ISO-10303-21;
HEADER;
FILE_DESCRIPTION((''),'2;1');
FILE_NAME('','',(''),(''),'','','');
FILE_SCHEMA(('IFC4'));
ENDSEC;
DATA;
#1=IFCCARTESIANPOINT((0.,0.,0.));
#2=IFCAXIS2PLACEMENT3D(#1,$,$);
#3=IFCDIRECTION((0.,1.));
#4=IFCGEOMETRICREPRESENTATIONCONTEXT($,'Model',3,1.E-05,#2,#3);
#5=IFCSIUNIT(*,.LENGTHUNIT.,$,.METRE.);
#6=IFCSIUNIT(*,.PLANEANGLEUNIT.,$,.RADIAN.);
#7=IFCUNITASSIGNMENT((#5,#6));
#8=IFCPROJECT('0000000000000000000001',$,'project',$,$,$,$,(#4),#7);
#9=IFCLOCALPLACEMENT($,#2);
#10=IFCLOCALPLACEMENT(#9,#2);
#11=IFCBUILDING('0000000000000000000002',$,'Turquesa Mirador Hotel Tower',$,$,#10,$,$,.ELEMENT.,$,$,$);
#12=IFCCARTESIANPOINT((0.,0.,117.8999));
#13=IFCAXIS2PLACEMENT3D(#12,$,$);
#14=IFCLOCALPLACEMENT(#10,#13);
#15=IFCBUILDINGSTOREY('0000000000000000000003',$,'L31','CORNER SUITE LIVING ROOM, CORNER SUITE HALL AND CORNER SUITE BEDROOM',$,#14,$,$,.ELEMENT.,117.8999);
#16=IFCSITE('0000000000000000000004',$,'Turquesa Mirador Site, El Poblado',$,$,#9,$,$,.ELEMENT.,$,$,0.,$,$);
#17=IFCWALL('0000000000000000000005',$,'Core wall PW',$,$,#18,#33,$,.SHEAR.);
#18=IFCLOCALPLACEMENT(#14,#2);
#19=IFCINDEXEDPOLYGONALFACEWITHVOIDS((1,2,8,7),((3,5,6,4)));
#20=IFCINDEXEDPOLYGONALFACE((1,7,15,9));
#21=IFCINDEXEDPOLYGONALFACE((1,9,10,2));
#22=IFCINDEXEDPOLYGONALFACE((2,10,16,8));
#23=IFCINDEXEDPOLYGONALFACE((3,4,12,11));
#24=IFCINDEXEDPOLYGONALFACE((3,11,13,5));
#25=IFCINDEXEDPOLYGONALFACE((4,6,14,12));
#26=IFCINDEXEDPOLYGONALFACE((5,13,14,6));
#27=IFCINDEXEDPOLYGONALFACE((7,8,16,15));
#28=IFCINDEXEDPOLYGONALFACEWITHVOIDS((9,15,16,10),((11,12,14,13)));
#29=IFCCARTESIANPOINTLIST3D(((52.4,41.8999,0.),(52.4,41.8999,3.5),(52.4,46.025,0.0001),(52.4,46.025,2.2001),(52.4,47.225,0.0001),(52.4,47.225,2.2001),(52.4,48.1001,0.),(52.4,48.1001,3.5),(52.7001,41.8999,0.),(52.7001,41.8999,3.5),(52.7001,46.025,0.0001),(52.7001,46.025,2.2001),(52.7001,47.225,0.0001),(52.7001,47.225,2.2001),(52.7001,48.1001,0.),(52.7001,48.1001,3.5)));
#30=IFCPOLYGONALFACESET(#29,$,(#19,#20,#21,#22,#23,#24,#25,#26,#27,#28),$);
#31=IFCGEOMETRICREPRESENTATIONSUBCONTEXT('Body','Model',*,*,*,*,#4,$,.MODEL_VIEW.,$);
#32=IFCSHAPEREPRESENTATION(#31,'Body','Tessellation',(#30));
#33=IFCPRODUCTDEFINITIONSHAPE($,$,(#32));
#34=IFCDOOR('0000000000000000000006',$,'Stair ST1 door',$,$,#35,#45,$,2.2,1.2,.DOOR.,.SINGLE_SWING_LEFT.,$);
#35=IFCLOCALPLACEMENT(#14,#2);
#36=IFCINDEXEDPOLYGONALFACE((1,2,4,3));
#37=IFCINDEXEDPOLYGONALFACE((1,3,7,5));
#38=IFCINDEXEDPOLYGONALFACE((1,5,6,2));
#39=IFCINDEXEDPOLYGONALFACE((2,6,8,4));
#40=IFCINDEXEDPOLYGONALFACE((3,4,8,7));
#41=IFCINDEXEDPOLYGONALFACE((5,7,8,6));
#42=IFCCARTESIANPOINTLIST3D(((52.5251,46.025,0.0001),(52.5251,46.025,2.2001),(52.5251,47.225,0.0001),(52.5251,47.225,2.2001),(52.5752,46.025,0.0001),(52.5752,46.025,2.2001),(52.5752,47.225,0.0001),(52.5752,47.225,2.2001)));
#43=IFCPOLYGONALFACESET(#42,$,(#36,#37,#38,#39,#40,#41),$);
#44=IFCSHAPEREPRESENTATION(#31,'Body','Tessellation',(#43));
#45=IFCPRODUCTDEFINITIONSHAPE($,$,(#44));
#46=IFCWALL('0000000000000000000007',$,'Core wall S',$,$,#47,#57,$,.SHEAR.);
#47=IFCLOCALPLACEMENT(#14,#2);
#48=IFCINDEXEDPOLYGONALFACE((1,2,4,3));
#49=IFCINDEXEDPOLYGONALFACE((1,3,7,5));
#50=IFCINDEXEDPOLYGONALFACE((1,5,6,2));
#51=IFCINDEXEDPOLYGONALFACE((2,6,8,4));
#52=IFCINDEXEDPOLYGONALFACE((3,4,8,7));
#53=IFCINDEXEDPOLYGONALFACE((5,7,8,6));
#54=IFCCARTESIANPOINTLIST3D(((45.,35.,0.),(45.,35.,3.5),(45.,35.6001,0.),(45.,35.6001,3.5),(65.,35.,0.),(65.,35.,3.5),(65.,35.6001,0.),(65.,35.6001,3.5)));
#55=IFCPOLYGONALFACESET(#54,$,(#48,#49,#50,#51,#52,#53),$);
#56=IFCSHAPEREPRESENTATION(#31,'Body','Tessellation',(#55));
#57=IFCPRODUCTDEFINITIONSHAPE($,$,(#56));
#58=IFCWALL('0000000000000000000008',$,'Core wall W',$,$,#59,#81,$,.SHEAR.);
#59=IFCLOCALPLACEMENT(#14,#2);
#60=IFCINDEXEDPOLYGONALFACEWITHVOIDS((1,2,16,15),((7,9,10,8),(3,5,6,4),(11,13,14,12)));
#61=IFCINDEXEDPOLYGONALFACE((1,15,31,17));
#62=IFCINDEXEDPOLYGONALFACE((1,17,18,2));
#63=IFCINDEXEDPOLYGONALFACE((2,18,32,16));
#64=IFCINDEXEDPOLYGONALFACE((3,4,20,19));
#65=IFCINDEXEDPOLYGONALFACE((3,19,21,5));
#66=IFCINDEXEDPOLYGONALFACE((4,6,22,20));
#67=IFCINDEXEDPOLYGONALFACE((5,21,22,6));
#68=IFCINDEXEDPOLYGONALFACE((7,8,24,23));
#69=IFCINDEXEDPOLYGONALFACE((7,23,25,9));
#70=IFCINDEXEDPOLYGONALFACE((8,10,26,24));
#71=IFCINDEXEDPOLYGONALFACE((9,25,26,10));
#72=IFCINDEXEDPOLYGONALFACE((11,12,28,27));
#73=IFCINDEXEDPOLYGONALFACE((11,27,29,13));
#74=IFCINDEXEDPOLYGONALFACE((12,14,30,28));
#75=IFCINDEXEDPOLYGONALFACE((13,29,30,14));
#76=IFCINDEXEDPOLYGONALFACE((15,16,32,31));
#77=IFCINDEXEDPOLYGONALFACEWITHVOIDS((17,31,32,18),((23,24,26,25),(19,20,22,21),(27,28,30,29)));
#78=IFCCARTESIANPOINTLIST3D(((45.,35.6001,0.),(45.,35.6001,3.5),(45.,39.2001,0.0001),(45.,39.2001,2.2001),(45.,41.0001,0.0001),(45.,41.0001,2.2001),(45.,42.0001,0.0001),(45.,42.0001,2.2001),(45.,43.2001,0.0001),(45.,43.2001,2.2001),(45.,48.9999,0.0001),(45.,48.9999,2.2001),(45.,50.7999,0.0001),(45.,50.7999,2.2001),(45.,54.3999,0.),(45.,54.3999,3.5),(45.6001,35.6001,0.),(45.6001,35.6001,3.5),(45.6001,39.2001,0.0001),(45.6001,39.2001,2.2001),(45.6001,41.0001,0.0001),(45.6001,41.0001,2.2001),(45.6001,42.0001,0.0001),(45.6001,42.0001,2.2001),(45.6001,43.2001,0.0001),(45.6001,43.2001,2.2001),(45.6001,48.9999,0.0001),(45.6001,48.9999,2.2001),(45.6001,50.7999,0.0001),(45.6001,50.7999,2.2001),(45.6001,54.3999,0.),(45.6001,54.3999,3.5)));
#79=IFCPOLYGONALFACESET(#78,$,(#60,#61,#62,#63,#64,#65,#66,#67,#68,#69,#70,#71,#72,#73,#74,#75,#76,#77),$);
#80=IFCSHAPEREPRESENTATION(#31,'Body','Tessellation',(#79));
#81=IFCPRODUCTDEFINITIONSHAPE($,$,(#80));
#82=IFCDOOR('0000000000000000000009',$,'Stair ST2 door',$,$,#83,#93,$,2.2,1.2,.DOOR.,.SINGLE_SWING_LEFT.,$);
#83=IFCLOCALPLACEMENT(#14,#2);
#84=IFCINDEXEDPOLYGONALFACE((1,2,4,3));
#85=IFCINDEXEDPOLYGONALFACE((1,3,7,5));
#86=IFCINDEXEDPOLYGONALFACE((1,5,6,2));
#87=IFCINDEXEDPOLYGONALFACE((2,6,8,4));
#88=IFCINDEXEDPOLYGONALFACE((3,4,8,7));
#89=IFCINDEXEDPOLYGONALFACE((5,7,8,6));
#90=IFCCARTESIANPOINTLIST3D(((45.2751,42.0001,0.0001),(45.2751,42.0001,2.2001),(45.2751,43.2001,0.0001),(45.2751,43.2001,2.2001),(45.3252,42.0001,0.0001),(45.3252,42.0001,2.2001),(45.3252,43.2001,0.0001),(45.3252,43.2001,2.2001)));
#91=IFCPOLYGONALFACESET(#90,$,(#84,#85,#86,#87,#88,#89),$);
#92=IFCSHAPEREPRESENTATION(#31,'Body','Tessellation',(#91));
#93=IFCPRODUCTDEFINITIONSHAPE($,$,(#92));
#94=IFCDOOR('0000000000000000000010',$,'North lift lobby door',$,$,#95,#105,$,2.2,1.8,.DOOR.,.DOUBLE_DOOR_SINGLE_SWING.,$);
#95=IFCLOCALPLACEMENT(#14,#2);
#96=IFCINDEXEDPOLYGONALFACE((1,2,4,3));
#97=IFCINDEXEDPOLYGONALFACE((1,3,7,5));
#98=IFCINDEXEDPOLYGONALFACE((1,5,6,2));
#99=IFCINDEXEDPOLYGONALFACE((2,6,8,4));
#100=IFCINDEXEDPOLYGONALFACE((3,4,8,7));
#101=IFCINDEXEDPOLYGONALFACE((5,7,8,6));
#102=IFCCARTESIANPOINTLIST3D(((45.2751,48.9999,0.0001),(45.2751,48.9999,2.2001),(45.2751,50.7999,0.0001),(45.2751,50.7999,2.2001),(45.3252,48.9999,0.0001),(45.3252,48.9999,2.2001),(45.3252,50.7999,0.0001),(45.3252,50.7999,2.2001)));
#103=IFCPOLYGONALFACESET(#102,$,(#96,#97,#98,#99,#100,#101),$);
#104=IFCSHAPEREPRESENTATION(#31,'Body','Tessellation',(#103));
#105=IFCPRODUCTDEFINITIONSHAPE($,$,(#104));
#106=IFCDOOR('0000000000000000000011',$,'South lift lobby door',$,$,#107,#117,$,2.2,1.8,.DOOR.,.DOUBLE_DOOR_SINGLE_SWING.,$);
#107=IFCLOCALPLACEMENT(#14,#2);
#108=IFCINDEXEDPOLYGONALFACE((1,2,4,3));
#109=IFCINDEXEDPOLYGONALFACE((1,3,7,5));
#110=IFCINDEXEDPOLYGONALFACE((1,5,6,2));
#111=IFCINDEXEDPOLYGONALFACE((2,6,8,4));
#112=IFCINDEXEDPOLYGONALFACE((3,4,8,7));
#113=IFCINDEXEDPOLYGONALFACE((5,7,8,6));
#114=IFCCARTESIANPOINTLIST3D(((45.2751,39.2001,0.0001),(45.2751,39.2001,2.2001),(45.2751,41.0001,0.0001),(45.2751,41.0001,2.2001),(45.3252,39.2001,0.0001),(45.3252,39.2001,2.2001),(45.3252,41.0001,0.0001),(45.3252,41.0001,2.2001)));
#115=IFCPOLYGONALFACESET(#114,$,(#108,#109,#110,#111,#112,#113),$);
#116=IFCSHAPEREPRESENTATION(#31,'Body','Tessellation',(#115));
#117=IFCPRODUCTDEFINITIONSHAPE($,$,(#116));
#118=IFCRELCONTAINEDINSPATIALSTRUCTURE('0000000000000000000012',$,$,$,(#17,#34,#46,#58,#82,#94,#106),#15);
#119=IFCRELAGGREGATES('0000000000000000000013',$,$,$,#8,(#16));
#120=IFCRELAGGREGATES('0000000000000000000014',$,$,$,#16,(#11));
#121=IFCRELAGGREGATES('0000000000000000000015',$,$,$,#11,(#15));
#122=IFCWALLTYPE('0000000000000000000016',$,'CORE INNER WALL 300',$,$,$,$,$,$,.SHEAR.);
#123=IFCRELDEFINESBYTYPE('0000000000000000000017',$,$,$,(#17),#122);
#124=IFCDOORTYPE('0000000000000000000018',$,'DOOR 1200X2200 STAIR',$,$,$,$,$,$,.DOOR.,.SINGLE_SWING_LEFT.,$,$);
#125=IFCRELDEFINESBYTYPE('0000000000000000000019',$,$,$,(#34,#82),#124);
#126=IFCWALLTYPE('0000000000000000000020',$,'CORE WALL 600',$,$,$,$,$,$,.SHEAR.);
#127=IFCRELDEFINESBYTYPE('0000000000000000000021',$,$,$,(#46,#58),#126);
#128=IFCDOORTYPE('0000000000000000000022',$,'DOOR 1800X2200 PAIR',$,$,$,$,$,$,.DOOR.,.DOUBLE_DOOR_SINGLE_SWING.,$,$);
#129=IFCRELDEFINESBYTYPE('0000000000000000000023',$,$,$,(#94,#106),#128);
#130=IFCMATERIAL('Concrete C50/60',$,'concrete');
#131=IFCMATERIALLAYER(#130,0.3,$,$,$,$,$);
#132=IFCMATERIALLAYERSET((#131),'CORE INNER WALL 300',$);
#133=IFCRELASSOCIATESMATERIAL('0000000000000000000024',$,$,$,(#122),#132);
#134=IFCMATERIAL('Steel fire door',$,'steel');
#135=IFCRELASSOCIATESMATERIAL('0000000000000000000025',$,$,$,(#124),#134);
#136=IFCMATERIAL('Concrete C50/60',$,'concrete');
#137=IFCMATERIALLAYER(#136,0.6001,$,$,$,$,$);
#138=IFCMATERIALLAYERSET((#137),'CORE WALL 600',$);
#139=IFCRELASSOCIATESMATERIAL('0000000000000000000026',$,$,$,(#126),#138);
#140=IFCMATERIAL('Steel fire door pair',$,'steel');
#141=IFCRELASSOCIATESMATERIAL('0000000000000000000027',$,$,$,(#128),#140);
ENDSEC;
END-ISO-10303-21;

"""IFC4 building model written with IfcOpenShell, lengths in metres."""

from ifc_helpers import new_model, si_unit, direction, frame, frame_2d, origin, place, context, subcontext, project, spatial, rectangle, extrude, material, layer, layer_set, type_object, element, fill, save


model = new_model("IFC4")

# Units and contexts
model_context = context("Model", 3, precision=1e-05, world=origin(), true_north=direction((0.0, 1.0)))
body_context = subcontext(model_context, "Body", "Model", "MODEL_VIEW")
ifc_project = project(units=[si_unit("LENGTHUNIT", "METRE"), si_unit("PLANEANGLEUNIT", "RADIAN")], contexts=[model_context])

# Site, building, storey
site_placement = place(None, origin())
site = spatial("IfcSite", under=ifc_project, at=site_placement, Name="Turquesa Mirador Site, El Poblado", CompositionType="ELEMENT", RefElevation=0.0)
building_placement = place(site_placement, origin())
building = spatial("IfcBuilding", under=site, at=building_placement, Name="Turquesa Mirador Hotel Tower", CompositionType="ELEMENT")
storey_placement = place(building_placement, frame((0.0, 0.0, 117.8999)))
storey = spatial("IfcBuildingStorey", under=building, at=storey_placement, Name="L31", Description="CORNER SUITE LIVING ROOM, CORNER SUITE HALL AND CORNER SUITE BEDROOM", CompositionType="ELEMENT", Elevation=117.8999)

# Shared definitions
ifc_material_1 = material(Name="Concrete C50/60", Category="concrete")
ifc_layer_1 = layer(ifc_material_1, 0.3)
ifc_layer_set_1 = layer_set([ifc_layer_1], Name="CORE INNER WALL 300")
wall_type_1 = type_object("IfcWallType", Name="CORE INNER WALL 300", PredefinedType="SHEAR", material=ifc_layer_set_1)

# Wall, opening, door
wall_1_placement = place(storey_placement, frame((52.55, 41.8999, 0.0), z_axis=(0.0, 0.0, 1.0), x_axis=(0.0, 1.0, 0.0)))
wall_1 = element("IfcWall", 1, at=wall_1_placement, inside=storey, type_object=wall_type_1, Name="Core wall PW", PredefinedType="SHEAR", context=body_context, shape_type="SweptSolid", body=[
    extrude(rectangle(XDim=6.2002, YDim=0.3, at=frame_2d((3.1001, 0.0))), origin(), (0.0, 0.0, 1.0), 3.5),
])
opening_1_placement = place(wall_1_placement, frame((4.125, 0.0, 0.0)))
opening_1 = element("IfcOpeningElement", 2, at=opening_1_placement, cuts=wall_1, PredefinedType="OPENING", context=body_context, shape_type="SweptSolid", body=[
    extrude(rectangle(XDim=1.2, YDim=2.2, at=frame_2d((0.6001, 1.1001))), frame((0.0, 0.1599, 0.0), z_axis=(0.0, -1.0, 0.0), x_axis=(1.0, 0.0, 0.0)), (0.0, 0.0, 1.0), 0.3201),
])
ifc_material_2 = material(Name="Steel fire door", Category="steel")
door_type_1 = type_object("IfcDoorType", Name="DOOR 1200X2200 STAIR", OperationType="SINGLE_SWING_LEFT", PredefinedType="DOOR", material=ifc_material_2)
door_1_placement = place(opening_1_placement, origin())
door_1 = element("IfcDoor", 3, at=door_1_placement, inside=storey, type_object=door_type_1, Name="Stair ST1 door", OperationType="SINGLE_SWING_LEFT", OverallHeight=2.2, OverallWidth=1.2, PredefinedType="DOOR", context=body_context, shape_type="SweptSolid", body=[
    extrude(rectangle(XDim=1.2, YDim=2.2, at=frame_2d((0.6001, 1.1001))), frame((0.0, 0.0249, 0.0), z_axis=(0.0, -1.0, 0.0), x_axis=(1.0, 0.0, 0.0)), (0.0, 0.0, 1.0), 0.05),
])
fill(opening_1, door_1)

# Wall
ifc_material_3 = material(Name="Concrete C50/60", Category="concrete")
ifc_layer_2 = layer(ifc_material_3, 0.6001)
ifc_layer_set_2 = layer_set([ifc_layer_2], Name="CORE WALL 600")
wall_type_2 = type_object("IfcWallType", Name="CORE WALL 600", PredefinedType="SHEAR", material=ifc_layer_set_2)
wall_2_placement = place(storey_placement, frame((45.0, 35.3, 0.0), z_axis=(0.0, 0.0, 1.0), x_axis=(1.0, 0.0, 0.0)))
element("IfcWall", 4, at=wall_2_placement, inside=storey, type_object=wall_type_2, Name="Core wall S", PredefinedType="SHEAR", context=body_context, shape_type="SweptSolid", body=[
    extrude(rectangle(XDim=20.0, YDim=0.6001, at=frame_2d((10.0, 0.0))), origin(), (0.0, 0.0, 1.0), 3.5),
])

# Wall, openings, doors
wall_3_placement = place(storey_placement, frame((45.3, 35.6001, 0.0), z_axis=(0.0, 0.0, 1.0), x_axis=(0.0, 1.0, 0.0)))
wall_3 = element("IfcWall", 5, at=wall_3_placement, inside=storey, type_object=wall_type_2, Name="Core wall W", PredefinedType="SHEAR", context=body_context, shape_type="SweptSolid", body=[
    extrude(rectangle(XDim=18.7998, YDim=0.6001, at=frame_2d((9.3999, 0.0))), origin(), (0.0, 0.0, 1.0), 3.5),
])
opening_2_placement = place(wall_3_placement, frame((13.3999, 0.0, 0.0)))
opening_2 = element("IfcOpeningElement", 6, at=opening_2_placement, cuts=wall_3, PredefinedType="OPENING", context=body_context, shape_type="SweptSolid", body=[
    extrude(rectangle(XDim=1.8, YDim=2.2, at=frame_2d((0.8999, 1.1001))), frame((0.0, 0.3101, 0.0), z_axis=(0.0, -1.0, 0.0), x_axis=(1.0, 0.0, 0.0)), (0.0, 0.0, 1.0), 0.6201),
])
opening_3_placement = place(wall_3_placement, frame((3.6001, 0.0, 0.0)))
opening_3 = element("IfcOpeningElement", 7, at=opening_3_placement, cuts=wall_3, PredefinedType="OPENING", context=body_context, shape_type="SweptSolid", body=[
    extrude(rectangle(XDim=1.8, YDim=2.2, at=frame_2d((0.8999, 1.1001))), frame((0.0, 0.3101, 0.0), z_axis=(0.0, -1.0, 0.0), x_axis=(1.0, 0.0, 0.0)), (0.0, 0.0, 1.0), 0.6201),
])
opening_4_placement = place(wall_3_placement, frame((6.3999, 0.0, 0.0)))
opening_4 = element("IfcOpeningElement", 8, at=opening_4_placement, cuts=wall_3, PredefinedType="OPENING", context=body_context, shape_type="SweptSolid", body=[
    extrude(rectangle(XDim=1.2, YDim=2.2, at=frame_2d((0.6001, 1.1001))), frame((0.0, 0.3101, 0.0), z_axis=(0.0, -1.0, 0.0), x_axis=(1.0, 0.0, 0.0)), (0.0, 0.0, 1.0), 0.6201),
])
door_2_placement = place(opening_4_placement, origin())
door_2 = element("IfcDoor", 9, at=door_2_placement, inside=storey, type_object=door_type_1, Name="Stair ST2 door", OperationType="SINGLE_SWING_LEFT", OverallHeight=2.2, OverallWidth=1.2, PredefinedType="DOOR", context=body_context, shape_type="SweptSolid", body=[
    extrude(rectangle(XDim=1.2, YDim=2.2, at=frame_2d((0.6001, 1.1001))), frame((0.0, 0.0249, 0.0), z_axis=(0.0, -1.0, 0.0), x_axis=(1.0, 0.0, 0.0)), (0.0, 0.0, 1.0), 0.05),
])
fill(opening_4, door_2)
ifc_material_4 = material(Name="Steel fire door pair", Category="steel")
door_type_2 = type_object("IfcDoorType", Name="DOOR 1800X2200 PAIR", OperationType="DOUBLE_DOOR_SINGLE_SWING", PredefinedType="DOOR", material=ifc_material_4)
door_3_placement = place(opening_2_placement, origin())
door_3 = element("IfcDoor", 10, at=door_3_placement, inside=storey, type_object=door_type_2, Name="North lift lobby door", OperationType="DOUBLE_DOOR_SINGLE_SWING", OverallHeight=2.2, OverallWidth=1.8, PredefinedType="DOOR", context=body_context, shape_type="SweptSolid", body=[
    extrude(rectangle(XDim=1.8, YDim=2.2, at=frame_2d((0.8999, 1.1001))), frame((0.0, 0.0249, 0.0), z_axis=(0.0, -1.0, 0.0), x_axis=(1.0, 0.0, 0.0)), (0.0, 0.0, 1.0), 0.05),
])
fill(opening_2, door_3)
door_4_placement = place(opening_3_placement, origin())
door_4 = element("IfcDoor", 11, at=door_4_placement, inside=storey, type_object=door_type_2, Name="South lift lobby door", OperationType="DOUBLE_DOOR_SINGLE_SWING", OverallHeight=2.2, OverallWidth=1.8, PredefinedType="DOOR", context=body_context, shape_type="SweptSolid", body=[
    extrude(rectangle(XDim=1.8, YDim=2.2, at=frame_2d((0.8999, 1.1001))), frame((0.0, 0.0249, 0.0), z_axis=(0.0, -1.0, 0.0), x_axis=(1.0, 0.0, 0.0)), (0.0, 0.0, 1.0), 0.05),
])
fill(opening_3, door_4)

save(model, "model.ifc")
